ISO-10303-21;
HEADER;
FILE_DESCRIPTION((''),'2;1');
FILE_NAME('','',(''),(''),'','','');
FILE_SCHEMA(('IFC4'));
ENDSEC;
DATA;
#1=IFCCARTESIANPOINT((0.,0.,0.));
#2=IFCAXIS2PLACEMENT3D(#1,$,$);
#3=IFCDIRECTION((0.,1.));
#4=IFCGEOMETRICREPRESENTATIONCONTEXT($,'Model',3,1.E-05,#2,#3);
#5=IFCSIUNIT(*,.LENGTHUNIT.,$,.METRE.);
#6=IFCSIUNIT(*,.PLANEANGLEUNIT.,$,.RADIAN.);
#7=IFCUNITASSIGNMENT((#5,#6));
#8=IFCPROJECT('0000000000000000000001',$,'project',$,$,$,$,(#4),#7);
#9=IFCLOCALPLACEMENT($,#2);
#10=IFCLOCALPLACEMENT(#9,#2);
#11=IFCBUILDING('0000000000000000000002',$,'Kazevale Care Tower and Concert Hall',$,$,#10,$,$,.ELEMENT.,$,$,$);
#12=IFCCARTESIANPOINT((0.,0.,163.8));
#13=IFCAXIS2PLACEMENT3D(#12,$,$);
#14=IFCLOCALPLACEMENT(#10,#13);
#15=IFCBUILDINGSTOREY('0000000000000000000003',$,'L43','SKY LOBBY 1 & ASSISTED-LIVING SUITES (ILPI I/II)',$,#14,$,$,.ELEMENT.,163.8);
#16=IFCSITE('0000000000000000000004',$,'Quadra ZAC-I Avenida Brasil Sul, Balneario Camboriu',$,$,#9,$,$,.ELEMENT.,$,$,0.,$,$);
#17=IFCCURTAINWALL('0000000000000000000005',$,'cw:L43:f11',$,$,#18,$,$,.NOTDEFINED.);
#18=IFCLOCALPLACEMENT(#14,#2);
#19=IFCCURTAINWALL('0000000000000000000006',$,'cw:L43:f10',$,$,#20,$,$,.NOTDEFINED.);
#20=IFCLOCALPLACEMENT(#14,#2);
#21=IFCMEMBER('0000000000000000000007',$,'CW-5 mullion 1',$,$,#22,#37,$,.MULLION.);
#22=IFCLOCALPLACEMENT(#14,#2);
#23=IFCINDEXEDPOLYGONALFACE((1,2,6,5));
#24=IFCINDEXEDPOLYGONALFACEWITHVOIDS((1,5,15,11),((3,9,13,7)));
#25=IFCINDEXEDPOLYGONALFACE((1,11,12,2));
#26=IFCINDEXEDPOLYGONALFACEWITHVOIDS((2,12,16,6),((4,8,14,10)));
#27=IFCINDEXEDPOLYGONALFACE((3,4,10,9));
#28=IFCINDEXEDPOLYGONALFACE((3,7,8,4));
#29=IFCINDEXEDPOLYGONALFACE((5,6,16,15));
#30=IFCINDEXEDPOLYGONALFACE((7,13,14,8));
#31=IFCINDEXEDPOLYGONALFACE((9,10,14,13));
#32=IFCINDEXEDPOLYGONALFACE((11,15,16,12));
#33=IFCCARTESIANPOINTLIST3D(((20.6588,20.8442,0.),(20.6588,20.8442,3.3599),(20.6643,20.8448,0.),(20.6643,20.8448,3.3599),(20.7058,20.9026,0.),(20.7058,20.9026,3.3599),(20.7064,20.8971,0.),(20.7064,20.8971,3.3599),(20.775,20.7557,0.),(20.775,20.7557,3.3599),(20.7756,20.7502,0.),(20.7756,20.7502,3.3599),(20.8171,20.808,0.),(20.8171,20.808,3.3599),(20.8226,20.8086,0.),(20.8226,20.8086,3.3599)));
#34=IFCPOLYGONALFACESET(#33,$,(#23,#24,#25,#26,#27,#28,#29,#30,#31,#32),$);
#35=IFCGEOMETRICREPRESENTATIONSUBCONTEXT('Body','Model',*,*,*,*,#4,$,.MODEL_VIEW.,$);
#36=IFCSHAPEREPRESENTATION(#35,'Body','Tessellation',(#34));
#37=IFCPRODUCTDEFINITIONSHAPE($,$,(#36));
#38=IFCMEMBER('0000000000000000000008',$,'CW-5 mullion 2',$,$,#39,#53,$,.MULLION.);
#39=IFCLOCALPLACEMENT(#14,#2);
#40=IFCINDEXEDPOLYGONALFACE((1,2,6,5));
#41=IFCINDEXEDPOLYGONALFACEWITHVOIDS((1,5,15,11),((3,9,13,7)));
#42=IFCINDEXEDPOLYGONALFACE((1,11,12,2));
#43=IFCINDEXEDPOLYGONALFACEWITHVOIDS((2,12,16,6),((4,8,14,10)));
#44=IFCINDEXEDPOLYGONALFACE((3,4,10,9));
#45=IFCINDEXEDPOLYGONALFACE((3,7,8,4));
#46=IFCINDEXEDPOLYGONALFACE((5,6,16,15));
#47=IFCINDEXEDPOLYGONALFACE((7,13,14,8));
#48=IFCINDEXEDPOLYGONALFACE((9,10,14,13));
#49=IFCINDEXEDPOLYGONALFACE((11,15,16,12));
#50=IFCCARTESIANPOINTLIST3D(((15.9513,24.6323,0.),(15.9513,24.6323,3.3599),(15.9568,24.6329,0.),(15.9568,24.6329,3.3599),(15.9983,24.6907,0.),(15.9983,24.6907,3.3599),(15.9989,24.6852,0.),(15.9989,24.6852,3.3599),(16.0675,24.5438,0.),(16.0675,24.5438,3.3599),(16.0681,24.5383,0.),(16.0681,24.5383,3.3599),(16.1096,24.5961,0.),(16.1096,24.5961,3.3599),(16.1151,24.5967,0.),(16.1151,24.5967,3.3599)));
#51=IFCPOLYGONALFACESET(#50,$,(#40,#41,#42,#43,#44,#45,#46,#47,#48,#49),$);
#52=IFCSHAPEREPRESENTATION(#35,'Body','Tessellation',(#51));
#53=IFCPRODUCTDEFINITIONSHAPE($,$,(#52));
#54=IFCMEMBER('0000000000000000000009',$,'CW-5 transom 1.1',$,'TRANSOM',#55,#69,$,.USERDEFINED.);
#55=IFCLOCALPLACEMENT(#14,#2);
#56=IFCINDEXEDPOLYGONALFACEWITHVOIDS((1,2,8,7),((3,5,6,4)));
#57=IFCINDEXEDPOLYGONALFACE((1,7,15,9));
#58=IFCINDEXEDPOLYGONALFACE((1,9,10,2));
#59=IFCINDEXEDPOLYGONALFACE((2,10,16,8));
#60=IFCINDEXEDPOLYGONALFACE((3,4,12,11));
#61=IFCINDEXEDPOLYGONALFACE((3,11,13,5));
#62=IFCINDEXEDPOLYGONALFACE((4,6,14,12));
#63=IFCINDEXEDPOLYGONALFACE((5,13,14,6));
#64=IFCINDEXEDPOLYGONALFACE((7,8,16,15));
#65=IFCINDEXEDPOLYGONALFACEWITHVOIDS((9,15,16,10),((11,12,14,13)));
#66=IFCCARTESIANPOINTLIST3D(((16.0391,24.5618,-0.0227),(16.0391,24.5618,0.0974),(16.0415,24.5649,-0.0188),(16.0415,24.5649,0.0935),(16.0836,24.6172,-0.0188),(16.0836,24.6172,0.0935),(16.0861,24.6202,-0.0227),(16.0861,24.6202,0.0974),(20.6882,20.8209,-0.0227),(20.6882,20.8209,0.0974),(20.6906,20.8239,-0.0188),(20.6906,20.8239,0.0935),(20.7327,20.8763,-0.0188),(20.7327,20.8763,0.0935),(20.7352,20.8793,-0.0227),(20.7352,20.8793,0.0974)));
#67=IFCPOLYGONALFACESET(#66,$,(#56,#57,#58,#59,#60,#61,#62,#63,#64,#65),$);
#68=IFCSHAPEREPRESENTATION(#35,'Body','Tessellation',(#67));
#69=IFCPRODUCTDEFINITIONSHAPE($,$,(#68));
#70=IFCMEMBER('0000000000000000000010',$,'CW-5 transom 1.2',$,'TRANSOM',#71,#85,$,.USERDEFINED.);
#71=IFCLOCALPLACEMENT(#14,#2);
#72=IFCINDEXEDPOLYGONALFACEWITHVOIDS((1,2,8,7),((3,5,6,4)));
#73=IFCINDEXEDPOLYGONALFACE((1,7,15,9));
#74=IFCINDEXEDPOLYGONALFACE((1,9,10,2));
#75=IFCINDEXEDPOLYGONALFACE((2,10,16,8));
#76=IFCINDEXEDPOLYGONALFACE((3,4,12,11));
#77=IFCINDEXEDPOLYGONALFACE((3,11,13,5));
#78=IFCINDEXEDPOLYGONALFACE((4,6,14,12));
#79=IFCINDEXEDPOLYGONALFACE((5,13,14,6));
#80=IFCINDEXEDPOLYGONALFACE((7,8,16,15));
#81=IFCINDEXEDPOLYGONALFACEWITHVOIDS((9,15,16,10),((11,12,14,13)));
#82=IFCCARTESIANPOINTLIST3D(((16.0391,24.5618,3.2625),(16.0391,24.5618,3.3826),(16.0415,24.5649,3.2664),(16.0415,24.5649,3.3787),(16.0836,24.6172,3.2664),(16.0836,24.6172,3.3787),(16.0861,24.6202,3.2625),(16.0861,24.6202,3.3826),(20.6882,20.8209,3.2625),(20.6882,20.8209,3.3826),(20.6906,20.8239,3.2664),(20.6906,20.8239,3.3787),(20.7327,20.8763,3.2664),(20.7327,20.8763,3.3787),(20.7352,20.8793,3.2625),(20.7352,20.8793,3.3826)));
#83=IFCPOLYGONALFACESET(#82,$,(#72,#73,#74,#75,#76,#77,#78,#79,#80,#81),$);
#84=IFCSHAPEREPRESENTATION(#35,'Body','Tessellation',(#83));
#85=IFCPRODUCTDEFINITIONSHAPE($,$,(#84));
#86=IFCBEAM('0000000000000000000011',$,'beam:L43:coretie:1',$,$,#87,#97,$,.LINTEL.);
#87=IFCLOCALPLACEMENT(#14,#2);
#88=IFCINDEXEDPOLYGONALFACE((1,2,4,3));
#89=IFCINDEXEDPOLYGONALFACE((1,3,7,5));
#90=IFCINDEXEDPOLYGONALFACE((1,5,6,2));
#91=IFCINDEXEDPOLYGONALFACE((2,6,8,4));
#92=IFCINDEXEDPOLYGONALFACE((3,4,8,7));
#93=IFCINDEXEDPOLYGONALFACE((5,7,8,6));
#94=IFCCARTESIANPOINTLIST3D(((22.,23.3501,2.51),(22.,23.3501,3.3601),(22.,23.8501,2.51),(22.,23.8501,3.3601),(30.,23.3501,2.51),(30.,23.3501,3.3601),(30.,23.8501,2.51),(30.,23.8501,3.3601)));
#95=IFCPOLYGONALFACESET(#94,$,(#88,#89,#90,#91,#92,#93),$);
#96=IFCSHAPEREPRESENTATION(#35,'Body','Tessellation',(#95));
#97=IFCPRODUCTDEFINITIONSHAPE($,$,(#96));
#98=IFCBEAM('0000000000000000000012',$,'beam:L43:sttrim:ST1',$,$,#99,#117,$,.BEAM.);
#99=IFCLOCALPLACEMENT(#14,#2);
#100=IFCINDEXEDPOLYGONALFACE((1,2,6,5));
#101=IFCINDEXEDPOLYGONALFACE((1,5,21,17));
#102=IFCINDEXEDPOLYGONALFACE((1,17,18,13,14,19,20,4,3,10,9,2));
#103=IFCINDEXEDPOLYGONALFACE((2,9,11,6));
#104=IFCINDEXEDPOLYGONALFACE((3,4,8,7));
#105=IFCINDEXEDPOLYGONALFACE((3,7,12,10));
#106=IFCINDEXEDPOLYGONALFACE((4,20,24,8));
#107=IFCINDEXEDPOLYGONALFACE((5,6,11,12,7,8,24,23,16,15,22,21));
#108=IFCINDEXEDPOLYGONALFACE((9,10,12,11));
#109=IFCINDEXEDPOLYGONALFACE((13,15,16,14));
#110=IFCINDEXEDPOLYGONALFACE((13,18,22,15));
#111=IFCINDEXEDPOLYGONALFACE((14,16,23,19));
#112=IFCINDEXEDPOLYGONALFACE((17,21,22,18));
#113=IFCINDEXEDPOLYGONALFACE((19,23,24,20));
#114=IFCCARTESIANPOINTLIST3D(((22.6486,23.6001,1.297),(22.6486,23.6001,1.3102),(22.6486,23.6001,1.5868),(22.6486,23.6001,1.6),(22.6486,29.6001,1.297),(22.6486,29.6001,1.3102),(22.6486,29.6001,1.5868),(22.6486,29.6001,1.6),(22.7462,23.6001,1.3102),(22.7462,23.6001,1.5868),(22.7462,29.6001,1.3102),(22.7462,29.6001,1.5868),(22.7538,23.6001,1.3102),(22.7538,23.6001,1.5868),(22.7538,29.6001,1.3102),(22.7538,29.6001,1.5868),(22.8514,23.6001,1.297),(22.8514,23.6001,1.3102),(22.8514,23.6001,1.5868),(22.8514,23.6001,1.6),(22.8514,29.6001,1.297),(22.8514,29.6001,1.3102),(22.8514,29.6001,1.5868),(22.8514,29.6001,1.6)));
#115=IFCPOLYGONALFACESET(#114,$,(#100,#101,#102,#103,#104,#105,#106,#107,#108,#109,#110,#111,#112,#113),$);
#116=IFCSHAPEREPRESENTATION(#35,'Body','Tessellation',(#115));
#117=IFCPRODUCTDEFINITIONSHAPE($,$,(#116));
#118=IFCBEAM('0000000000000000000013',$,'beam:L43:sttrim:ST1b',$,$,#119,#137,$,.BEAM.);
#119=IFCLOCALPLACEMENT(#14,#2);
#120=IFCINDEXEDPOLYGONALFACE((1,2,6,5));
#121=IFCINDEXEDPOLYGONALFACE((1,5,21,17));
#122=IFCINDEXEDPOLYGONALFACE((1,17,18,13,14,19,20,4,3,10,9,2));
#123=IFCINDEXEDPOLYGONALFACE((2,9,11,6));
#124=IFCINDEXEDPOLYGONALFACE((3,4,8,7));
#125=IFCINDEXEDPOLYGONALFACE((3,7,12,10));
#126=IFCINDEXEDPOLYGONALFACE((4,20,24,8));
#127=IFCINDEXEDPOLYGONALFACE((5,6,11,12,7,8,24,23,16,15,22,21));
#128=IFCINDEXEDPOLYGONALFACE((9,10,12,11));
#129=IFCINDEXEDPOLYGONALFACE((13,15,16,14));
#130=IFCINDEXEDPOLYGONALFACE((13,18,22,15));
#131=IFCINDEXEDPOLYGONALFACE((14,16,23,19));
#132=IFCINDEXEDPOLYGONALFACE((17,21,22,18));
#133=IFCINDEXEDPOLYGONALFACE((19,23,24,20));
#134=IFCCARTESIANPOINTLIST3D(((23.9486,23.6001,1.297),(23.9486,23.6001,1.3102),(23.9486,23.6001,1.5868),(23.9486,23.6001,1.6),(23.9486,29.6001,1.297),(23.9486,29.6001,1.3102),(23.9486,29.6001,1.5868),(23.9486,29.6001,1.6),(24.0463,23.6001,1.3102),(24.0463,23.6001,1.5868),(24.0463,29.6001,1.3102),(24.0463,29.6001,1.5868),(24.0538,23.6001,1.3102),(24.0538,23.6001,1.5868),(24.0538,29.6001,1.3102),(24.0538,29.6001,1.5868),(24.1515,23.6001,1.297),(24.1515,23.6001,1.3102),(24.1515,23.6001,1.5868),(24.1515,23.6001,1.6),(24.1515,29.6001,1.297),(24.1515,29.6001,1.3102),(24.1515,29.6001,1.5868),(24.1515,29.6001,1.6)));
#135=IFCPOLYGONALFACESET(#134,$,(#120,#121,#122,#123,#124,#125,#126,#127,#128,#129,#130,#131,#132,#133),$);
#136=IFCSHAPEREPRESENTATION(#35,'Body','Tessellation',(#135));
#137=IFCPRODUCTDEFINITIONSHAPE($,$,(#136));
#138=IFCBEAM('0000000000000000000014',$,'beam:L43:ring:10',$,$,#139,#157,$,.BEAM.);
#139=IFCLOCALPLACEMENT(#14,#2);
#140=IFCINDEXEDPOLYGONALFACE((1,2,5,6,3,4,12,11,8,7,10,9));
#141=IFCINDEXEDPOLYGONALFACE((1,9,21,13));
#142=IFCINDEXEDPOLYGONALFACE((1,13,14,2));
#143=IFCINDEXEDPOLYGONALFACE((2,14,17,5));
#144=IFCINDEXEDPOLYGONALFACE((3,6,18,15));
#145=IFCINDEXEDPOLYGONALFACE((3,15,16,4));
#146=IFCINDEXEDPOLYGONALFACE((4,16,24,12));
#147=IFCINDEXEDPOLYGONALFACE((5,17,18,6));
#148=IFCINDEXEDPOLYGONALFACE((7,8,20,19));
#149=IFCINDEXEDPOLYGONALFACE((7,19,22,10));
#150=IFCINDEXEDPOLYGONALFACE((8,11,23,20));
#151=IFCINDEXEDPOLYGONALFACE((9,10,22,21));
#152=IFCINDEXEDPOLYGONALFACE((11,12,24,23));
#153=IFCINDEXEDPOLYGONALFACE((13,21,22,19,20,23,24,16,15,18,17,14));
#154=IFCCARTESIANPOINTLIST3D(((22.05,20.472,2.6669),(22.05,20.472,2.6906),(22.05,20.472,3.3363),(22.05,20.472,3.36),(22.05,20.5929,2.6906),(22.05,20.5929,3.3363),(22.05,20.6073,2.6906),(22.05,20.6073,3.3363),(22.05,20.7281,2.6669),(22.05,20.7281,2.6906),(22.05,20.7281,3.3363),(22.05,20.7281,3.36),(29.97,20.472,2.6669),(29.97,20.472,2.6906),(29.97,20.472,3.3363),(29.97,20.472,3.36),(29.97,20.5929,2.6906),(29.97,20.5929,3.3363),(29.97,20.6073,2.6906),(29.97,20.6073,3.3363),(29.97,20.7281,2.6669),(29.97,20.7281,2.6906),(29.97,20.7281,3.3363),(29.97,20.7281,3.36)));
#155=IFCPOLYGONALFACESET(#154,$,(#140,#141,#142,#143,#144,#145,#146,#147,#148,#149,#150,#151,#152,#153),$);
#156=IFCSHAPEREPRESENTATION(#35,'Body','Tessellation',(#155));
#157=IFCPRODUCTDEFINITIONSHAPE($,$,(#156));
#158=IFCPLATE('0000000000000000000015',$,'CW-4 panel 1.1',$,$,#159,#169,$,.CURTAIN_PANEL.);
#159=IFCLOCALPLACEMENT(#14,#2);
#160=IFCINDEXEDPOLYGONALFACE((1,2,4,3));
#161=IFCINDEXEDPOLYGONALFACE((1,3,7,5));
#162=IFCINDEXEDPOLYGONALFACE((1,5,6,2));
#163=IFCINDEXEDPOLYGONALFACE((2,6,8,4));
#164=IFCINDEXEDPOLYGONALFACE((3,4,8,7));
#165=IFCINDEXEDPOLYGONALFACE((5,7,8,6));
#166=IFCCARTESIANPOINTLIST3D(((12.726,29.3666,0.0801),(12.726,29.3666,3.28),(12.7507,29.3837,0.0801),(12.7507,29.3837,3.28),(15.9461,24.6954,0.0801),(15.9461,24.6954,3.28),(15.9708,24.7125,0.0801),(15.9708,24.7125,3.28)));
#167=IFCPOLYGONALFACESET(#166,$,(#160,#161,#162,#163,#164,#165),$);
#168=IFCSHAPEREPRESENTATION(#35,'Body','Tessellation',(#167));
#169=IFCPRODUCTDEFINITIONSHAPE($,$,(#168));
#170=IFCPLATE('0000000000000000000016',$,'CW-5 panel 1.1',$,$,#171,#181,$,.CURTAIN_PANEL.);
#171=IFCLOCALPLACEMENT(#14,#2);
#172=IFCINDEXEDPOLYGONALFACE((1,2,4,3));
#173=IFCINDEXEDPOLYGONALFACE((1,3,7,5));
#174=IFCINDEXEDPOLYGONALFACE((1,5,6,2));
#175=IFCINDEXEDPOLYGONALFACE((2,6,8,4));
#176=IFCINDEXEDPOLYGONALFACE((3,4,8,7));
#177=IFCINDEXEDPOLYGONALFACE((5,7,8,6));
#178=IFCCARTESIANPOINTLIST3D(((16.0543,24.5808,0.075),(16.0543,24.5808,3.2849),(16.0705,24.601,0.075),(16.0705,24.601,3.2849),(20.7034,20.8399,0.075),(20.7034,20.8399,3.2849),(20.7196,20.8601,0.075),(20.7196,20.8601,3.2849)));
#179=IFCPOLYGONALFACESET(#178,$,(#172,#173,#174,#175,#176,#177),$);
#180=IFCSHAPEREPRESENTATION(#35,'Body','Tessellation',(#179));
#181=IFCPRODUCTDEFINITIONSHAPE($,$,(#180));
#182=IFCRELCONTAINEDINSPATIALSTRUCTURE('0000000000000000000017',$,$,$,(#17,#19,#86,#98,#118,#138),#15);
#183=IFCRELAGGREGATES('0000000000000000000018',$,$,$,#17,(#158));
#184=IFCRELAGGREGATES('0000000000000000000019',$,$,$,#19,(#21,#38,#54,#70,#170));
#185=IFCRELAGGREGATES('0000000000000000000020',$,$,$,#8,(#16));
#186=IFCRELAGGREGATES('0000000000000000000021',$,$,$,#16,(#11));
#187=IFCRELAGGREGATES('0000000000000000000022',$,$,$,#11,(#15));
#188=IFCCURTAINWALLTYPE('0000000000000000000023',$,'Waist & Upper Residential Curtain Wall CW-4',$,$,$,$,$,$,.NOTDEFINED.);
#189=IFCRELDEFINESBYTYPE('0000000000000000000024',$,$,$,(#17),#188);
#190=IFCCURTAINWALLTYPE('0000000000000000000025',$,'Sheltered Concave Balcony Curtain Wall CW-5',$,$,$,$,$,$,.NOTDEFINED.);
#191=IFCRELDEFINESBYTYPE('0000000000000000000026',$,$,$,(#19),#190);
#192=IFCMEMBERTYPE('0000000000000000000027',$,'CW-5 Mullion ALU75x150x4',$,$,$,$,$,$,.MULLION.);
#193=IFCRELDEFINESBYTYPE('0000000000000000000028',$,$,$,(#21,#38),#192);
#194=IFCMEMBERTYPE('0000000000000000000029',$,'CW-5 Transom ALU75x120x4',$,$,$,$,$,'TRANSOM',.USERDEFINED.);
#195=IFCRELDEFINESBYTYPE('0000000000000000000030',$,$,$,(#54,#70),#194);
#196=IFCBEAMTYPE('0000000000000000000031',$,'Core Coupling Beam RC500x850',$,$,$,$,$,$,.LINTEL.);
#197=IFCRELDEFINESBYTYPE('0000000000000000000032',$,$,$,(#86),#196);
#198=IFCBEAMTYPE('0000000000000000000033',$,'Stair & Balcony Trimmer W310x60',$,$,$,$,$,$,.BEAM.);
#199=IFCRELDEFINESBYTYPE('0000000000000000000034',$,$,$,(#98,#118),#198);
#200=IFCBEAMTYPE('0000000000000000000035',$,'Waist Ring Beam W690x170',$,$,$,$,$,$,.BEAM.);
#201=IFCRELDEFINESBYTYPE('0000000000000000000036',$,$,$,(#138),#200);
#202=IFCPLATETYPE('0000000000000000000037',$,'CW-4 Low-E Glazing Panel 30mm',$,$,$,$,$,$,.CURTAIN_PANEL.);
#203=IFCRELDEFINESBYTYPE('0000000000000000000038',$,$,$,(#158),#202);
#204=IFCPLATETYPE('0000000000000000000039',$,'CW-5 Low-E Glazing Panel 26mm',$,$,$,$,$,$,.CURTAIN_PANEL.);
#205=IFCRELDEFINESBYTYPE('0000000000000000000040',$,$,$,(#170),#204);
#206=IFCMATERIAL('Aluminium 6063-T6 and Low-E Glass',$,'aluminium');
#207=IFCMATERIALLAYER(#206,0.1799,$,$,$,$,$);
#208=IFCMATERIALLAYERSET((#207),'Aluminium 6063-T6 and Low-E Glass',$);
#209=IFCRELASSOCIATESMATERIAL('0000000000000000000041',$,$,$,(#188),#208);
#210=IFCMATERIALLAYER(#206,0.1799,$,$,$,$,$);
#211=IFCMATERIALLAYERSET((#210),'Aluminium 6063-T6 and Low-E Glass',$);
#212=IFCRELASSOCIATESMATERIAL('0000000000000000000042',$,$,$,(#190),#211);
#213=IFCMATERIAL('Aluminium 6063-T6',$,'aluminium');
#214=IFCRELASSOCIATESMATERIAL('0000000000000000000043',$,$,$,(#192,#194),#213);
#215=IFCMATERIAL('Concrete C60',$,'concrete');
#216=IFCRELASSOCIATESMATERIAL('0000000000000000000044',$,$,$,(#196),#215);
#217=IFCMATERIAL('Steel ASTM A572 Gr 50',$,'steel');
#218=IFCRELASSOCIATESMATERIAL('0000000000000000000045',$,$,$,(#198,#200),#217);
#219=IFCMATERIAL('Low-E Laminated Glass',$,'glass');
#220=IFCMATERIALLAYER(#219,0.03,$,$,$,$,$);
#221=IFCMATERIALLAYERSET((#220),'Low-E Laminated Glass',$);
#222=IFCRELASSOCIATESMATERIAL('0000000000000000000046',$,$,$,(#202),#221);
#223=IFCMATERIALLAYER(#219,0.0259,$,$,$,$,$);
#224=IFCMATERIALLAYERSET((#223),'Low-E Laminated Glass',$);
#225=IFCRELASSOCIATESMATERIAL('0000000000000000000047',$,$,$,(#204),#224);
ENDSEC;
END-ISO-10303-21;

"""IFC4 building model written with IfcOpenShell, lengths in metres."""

from ifc_helpers import new_model, si_unit, direction, frame, origin, origin_2d, place, context, subcontext, project, spatial, rectangle, hollow_rectangle, i_section, extrude, material, layer, layer_set, material_profile, profile_set, type_object, element, aggregate, save


model = new_model("IFC4")

# Units and contexts
model_context = context("Model", 3, precision=1e-05, world=origin(), true_north=direction((0.0, 1.0)))
body_context = subcontext(model_context, "Body", "Model", "MODEL_VIEW")
ifc_project = project(units=[si_unit("LENGTHUNIT", "METRE"), si_unit("PLANEANGLEUNIT", "RADIAN")], contexts=[model_context])

# Site, building, storey
site_placement = place(None, origin())
site = spatial("IfcSite", under=ifc_project, at=site_placement, Name="Quadra ZAC-I Avenida Brasil Sul, Balneario Camboriu", CompositionType="ELEMENT", RefElevation=0.0)
building_placement = place(site_placement, origin())
building = spatial("IfcBuilding", under=site, at=building_placement, Name="Kazevale Care Tower and Concert Hall", CompositionType="ELEMENT")
storey_placement = place(building_placement, frame((0.0, 0.0, 163.8)))
storey = spatial("IfcBuildingStorey", under=building, at=storey_placement, Name="L43", Description="SKY LOBBY 1 & ASSISTED-LIVING SUITES (ILPI I/II)", CompositionType="ELEMENT", Elevation=163.8)

# Shared definitions
ifc_material_1 = material(Name="Concrete C60", Category="concrete")

# Curtain wall
ifc_material_2 = material(Name="Aluminium 6063-T6 and Low-E Glass", Category="aluminium")
ifc_layer_1 = layer(ifc_material_2, 0.1799)
ifc_layer_set_1 = layer_set([ifc_layer_1], Name="Aluminium 6063-T6 and Low-E Glass")
curtain_wall_type_1 = type_object("IfcCurtainWallType", Name="Waist & Upper Residential Curtain Wall CW-4", PredefinedType="NOTDEFINED", material=ifc_layer_set_1)
curtain_wall_1_placement = place(storey_placement, origin())
curtain_wall_1 = element("IfcCurtainWall", 1, at=curtain_wall_1_placement, inside=storey, type_object=curtain_wall_type_1, Name="cw:L43:f11", PredefinedType="NOTDEFINED")
ifc_material_3 = material(Name="Aluminium 6063-T6", Category="aluminium")

# Curtain wall, members
ifc_layer_2 = layer(ifc_material_2, 0.1799)
ifc_layer_set_2 = layer_set([ifc_layer_2], Name="Aluminium 6063-T6 and Low-E Glass")
curtain_wall_type_2 = type_object("IfcCurtainWallType", Name="Sheltered Concave Balcony Curtain Wall CW-5", PredefinedType="NOTDEFINED", material=ifc_layer_set_2)
curtain_wall_2_placement = place(storey_placement, origin())
curtain_wall_2 = element("IfcCurtainWall", 2, at=curtain_wall_2_placement, inside=storey, type_object=curtain_wall_type_2, Name="cw:L43:f10", PredefinedType="NOTDEFINED")
ifc_material_profile_1 = material_profile(ifc_material_3, hollow_rectangle(XDim=0.075, YDim=0.1499, WallThickness=0.0039, at=origin_2d()), Name="ALU75x150x4")
ifc_profile_set_1 = profile_set([ifc_material_profile_1], Name="Aluminium 6063-T6")
member_type_1 = type_object("IfcMemberType", Name="CW-5 Mullion ALU75x150x4", PredefinedType="MULLION", material=ifc_profile_set_1)
member_1_placement = place(storey_placement, frame((20.7407, 20.8264, 0.0), z_axis=(0.0, 0.0, 1.0), x_axis=(-0.626905, -0.779095, 0.0)))
member_1 = element("IfcMember", 3, at=member_1_placement, type_object=member_type_1, Name="CW-5 mullion 1", PredefinedType="MULLION", context=body_context, shape_type="SweptSolid", body=[
    extrude(hollow_rectangle(XDim=0.075, YDim=0.1499, WallThickness=0.0039, at=origin_2d()), origin(), (0.0, 0.0, 1.0), 3.3599),
])
member_2_placement = place(storey_placement, frame((16.0332, 24.6145, 0.0), z_axis=(0.0, 0.0, 1.0), x_axis=(-0.626905, -0.779095, 0.0)))
member_2 = element("IfcMember", 4, at=member_2_placement, type_object=member_type_1, Name="CW-5 mullion 2", PredefinedType="MULLION", context=body_context, shape_type="SweptSolid", body=[
    extrude(hollow_rectangle(XDim=0.075, YDim=0.1499, WallThickness=0.0039, at=origin_2d()), origin(), (0.0, 0.0, 1.0), 3.3599),
])
ifc_material_profile_2 = material_profile(ifc_material_3, hollow_rectangle(XDim=0.075, YDim=0.1201, WallThickness=0.0039, at=origin_2d()), Name="ALU75x120x4")
ifc_profile_set_2 = profile_set([ifc_material_profile_2], Name="Aluminium 6063-T6")
member_type_2 = type_object("IfcMemberType", Name="CW-5 Transom ALU75x120x4", ElementType="TRANSOM", PredefinedType="USERDEFINED", material=ifc_profile_set_2)
member_3_placement = place(storey_placement, frame((20.7117, 20.8501, 0.0374), z_axis=(-0.779097, 0.626903, 0.0), x_axis=(-0.626903, -0.779097, 0.0)))
member_3 = element("IfcMember", 5, at=member_3_placement, type_object=member_type_2, Name="CW-5 transom 1.1", ObjectType="TRANSOM", PredefinedType="USERDEFINED", context=body_context, shape_type="SweptSolid", body=[
    extrude(hollow_rectangle(XDim=0.075, YDim=0.1201, WallThickness=0.0039, at=origin_2d()), origin(), (0.0, 0.0, 1.0), 5.9673),
])
member_4_placement = place(storey_placement, frame((20.7117, 20.8501, 3.3225), z_axis=(-0.779097, 0.626903, 0.0), x_axis=(-0.626903, -0.779097, 0.0)))
member_4 = element("IfcMember", 6, at=member_4_placement, type_object=member_type_2, Name="CW-5 transom 1.2", ObjectType="TRANSOM", PredefinedType="USERDEFINED", context=body_context, shape_type="SweptSolid", body=[
    extrude(hollow_rectangle(XDim=0.075, YDim=0.1201, WallThickness=0.0039, at=origin_2d()), origin(), (0.0, 0.0, 1.0), 5.9673),
])

# Beams
ifc_material_profile_3 = material_profile(ifc_material_1, rectangle(XDim=0.5, YDim=0.8501, at=origin_2d()), Name="RC-B500x850")
ifc_profile_set_3 = profile_set([ifc_material_profile_3], Name="Concrete C60")
beam_type_1 = type_object("IfcBeamType", Name="Core Coupling Beam RC500x850", PredefinedType="LINTEL", material=ifc_profile_set_3)
beam_1_placement = place(storey_placement, frame((22.0, 23.6001, 2.9351), z_axis=(1.0, 0.0, 0.0), x_axis=(0.0, 1.0, 0.0)))
element("IfcBeam", 7, at=beam_1_placement, inside=storey, type_object=beam_type_1, Name="beam:L43:coretie:1", PredefinedType="LINTEL", context=body_context, shape_type="SweptSolid", body=[
    extrude(rectangle(XDim=0.5, YDim=0.8501, at=origin_2d()), origin(), (0.0, 0.0, 1.0), 8.0),
])
ifc_material_4 = material(Name="Steel ASTM A572 Gr 50", Category="steel")
ifc_material_profile_4 = material_profile(ifc_material_4, i_section(OverallWidth=0.2029, OverallDepth=0.303, WebThickness=0.0076, FlangeThickness=0.0132, at=origin_2d()), Name="W310x60")
ifc_profile_set_4 = profile_set([ifc_material_profile_4], Name="Steel ASTM A572 Gr 50")
beam_type_2 = type_object("IfcBeamType", Name="Stair & Balcony Trimmer W310x60", PredefinedType="BEAM", material=ifc_profile_set_4)
for number, where, z_axis, x_axis, name in (
    (8, (22.75, 23.6001, 1.4485), (0.0, 1.0, 0.0), (-1.0, 0.0, 0.0), "beam:L43:sttrim:ST1"),
    (9, (24.05, 23.6001, 1.4485), (0.0, 1.0, 0.0), (-1.0, 0.0, 0.0), "beam:L43:sttrim:ST1b"),
):
    element("IfcBeam", number, at=place(storey_placement, frame(where, z_axis=z_axis, x_axis=x_axis)), inside=storey, type_object=beam_type_2, Name=name, PredefinedType="BEAM", context=body_context, shape_type="SweptSolid", body=[
        extrude(i_section(OverallWidth=0.2029, OverallDepth=0.303, WebThickness=0.0076, FlangeThickness=0.0132, at=origin_2d()), origin(), (0.0, 0.0, 1.0), 6.0),
    ])
ifc_material_profile_5 = material_profile(ifc_material_4, i_section(OverallWidth=0.2561, OverallDepth=0.6931, WebThickness=0.0144, FlangeThickness=0.0237, at=origin_2d()), Name="W690x170")
ifc_profile_set_5 = profile_set([ifc_material_profile_5], Name="Steel ASTM A572 Gr 50")
beam_type_3 = type_object("IfcBeamType", Name="Waist Ring Beam W690x170", PredefinedType="BEAM", material=ifc_profile_set_5)
beam_2_placement = place(storey_placement, frame((22.05, 20.6001, 3.0134), z_axis=(1.0, 0.0, 0.0), x_axis=(0.0, 1.0, 0.0)))
element("IfcBeam", 10, at=beam_2_placement, inside=storey, type_object=beam_type_3, Name="beam:L43:ring:10", PredefinedType="BEAM", context=body_context, shape_type="SweptSolid", body=[
    extrude(i_section(OverallWidth=0.2561, OverallDepth=0.6931, WebThickness=0.0144, FlangeThickness=0.0237, at=origin_2d()), origin(), (0.0, 0.0, 1.0), 7.9199),
])

# Plates
ifc_material_5 = material(Name="Low-E Laminated Glass", Category="glass")
ifc_layer_3 = layer(ifc_material_5, 0.03)
ifc_layer_set_3 = layer_set([ifc_layer_3], Name="Low-E Laminated Glass")
plate_type_1 = type_object("IfcPlateType", Name="CW-4 Low-E Glazing Panel 30mm", PredefinedType="CURTAIN_PANEL", material=ifc_layer_set_3)
plate_1_placement = place(storey_placement, frame((14.3484, 27.0396, 0.0801), z_axis=(0.0, 0.0, 1.0), x_axis=(-0.567569, 0.823326, 0.0)))
plate_1 = element("IfcPlate", 11, at=plate_1_placement, type_object=plate_type_1, Name="CW-4 panel 1.1", PredefinedType="CURTAIN_PANEL", context=body_context, shape_type="SweptSolid", body=[
    extrude(rectangle(XDim=5.6736, YDim=0.03, at=origin_2d()), origin(), (0.0, 0.0, 1.0), 3.2),
])
aggregate(curtain_wall_1, [plate_1])
ifc_layer_4 = layer(ifc_material_5, 0.0259)
ifc_layer_set_4 = layer_set([ifc_layer_4], Name="Low-E Laminated Glass")
plate_type_2 = type_object("IfcPlateType", Name="CW-5 Low-E Glazing Panel 26mm", PredefinedType="CURTAIN_PANEL", material=ifc_layer_set_4)
plate_2_placement = place(storey_placement, frame((18.387, 22.7205, 0.075), z_axis=(0.0, 0.0, 1.0), x_axis=(-0.779095, 0.626905, 0.0)))
plate_2 = element("IfcPlate", 12, at=plate_2_placement, type_object=plate_type_2, Name="CW-5 panel 1.1", PredefinedType="CURTAIN_PANEL", context=body_context, shape_type="SweptSolid", body=[
    extrude(rectangle(XDim=5.9673, YDim=0.0259, at=origin_2d()), origin(), (0.0, 0.0, 1.0), 3.21),
])
aggregate(curtain_wall_2, [member_1, member_2, member_3, member_4, plate_2])

save(model, "model.ifc")
